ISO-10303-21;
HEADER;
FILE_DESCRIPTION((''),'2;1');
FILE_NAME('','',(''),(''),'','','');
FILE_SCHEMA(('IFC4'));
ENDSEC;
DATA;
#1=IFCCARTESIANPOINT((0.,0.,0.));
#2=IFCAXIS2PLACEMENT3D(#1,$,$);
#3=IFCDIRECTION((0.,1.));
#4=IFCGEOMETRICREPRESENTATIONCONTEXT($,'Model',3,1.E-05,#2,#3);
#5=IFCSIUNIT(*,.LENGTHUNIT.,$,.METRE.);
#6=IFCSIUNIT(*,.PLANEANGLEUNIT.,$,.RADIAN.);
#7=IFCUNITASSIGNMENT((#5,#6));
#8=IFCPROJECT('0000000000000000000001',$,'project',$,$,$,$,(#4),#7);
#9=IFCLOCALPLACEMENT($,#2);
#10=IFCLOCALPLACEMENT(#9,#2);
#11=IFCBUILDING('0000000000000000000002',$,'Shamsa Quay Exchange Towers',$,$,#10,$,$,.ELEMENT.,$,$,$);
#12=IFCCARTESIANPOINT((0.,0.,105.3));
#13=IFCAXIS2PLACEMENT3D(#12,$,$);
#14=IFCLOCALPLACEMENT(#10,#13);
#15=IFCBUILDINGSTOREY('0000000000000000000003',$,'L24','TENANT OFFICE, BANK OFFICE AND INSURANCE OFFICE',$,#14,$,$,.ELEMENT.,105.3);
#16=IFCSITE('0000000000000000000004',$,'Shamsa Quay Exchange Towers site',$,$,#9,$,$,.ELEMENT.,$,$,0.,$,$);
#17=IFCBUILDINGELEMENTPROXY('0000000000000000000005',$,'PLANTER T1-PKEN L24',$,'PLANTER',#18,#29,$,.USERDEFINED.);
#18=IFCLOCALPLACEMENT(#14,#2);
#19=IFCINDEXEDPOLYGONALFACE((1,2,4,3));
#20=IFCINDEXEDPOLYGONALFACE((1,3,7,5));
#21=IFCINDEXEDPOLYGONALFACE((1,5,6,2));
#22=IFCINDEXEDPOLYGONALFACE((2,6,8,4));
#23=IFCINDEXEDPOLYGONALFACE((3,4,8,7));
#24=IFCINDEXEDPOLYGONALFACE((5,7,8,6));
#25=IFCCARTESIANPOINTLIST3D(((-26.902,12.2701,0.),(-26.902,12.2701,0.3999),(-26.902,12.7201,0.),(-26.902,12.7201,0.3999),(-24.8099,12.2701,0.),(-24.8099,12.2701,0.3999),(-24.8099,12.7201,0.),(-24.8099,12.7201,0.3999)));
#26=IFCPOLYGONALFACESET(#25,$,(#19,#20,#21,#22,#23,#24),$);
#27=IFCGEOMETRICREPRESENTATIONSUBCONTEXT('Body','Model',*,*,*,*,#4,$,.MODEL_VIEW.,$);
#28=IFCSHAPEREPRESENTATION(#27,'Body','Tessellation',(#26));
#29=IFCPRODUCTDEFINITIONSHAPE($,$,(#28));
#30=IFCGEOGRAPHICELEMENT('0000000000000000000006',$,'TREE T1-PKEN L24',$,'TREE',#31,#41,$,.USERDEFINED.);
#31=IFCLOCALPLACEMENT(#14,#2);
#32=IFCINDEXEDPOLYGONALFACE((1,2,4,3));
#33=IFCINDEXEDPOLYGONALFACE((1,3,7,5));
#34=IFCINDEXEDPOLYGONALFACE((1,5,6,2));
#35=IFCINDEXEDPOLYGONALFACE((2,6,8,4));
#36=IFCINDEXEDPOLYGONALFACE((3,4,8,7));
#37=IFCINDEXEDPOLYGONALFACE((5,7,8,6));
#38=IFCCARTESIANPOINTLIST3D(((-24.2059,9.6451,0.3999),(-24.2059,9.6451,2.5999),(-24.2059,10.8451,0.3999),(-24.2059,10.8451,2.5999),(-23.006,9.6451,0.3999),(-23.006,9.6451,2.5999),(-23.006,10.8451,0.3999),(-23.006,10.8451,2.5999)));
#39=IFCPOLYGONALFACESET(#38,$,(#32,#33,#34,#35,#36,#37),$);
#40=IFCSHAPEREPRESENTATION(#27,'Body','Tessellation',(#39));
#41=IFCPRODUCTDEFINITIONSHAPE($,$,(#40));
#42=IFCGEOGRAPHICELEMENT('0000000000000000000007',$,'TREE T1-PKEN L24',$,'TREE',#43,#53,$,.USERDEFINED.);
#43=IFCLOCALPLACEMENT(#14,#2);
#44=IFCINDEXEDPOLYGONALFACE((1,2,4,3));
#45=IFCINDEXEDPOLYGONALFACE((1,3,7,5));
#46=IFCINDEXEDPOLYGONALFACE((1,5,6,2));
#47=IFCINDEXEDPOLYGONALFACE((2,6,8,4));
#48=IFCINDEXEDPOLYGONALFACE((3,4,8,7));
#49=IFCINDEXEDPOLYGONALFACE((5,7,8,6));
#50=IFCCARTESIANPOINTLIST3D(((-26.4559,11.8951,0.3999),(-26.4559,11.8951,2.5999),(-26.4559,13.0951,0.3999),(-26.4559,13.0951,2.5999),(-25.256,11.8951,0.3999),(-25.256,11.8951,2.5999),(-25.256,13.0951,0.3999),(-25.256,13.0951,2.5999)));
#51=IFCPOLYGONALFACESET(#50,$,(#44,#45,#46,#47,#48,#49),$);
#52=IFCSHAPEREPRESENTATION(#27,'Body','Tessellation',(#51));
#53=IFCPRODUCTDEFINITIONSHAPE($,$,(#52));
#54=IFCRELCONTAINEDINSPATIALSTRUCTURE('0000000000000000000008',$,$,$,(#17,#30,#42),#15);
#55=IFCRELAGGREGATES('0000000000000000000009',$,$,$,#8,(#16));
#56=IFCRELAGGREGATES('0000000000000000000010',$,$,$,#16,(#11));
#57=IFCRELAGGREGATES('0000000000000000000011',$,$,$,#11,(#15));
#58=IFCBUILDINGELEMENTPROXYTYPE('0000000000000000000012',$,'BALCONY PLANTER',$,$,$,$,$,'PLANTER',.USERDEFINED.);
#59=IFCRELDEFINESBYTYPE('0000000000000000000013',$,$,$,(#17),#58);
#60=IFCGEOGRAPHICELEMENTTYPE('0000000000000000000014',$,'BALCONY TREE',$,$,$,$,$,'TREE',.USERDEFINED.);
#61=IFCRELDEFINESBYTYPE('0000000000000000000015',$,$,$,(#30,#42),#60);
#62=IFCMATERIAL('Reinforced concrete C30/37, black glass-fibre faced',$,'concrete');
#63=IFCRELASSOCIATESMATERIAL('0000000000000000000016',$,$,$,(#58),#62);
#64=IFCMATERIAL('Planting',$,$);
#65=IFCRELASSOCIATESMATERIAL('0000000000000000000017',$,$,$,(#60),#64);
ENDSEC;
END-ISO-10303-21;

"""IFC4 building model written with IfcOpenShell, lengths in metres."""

from ifc_helpers import new_model, si_unit, direction, frame, origin, origin_2d, place, context, subcontext, project, spatial, rectangle, extrude, material, type_object, element, save


model = new_model("IFC4")

# Units and contexts
model_context = context("Model", 3, precision=1e-05, world=origin(), true_north=direction((0.0, 1.0)))
body_context = subcontext(model_context, "Body", "Model", "MODEL_VIEW")
ifc_project = project(units=[si_unit("LENGTHUNIT", "METRE"), si_unit("PLANEANGLEUNIT", "RADIAN")], contexts=[model_context])

# Site, building, storey
site_placement = place(None, origin())
site = spatial("IfcSite", under=ifc_project, at=site_placement, Name="Shamsa Quay Exchange Towers site", CompositionType="ELEMENT", RefElevation=0.0)
building_placement = place(site_placement, origin())
building = spatial("IfcBuilding", under=site, at=building_placement, Name="Shamsa Quay Exchange Towers", CompositionType="ELEMENT")
storey_placement = place(building_placement, frame((0.0, 0.0, 105.3)))
storey = spatial("IfcBuildingStorey", under=building, at=storey_placement, Name="L24", Description="TENANT OFFICE, BANK OFFICE AND INSURANCE OFFICE", CompositionType="ELEMENT", Elevation=105.3)

# Building element proxy
ifc_material_1 = material(Name="Reinforced concrete C30/37, black glass-fibre faced", Category="concrete")
building_element_proxy_type = type_object("IfcBuildingElementProxyType", Name="BALCONY PLANTER", ElementType="PLANTER", PredefinedType="USERDEFINED", material=ifc_material_1)
for number, where, z_axis, x_axis, name in (
    (1, (-25.856, 12.4951, 0.0), (0.0, 0.0, 1.0), (-1.0, 0.0, 0.0), "PLANTER T1-PKEN L24"),
):
    element("IfcBuildingElementProxy", number, at=place(storey_placement, frame(where, z_axis=z_axis, x_axis=x_axis)), inside=storey, type_object=building_element_proxy_type, Name=name, ObjectType="PLANTER", PredefinedType="USERDEFINED", context=body_context, shape_type="SweptSolid", body=[
        extrude(rectangle(XDim=2.092, YDim=0.45, at=origin_2d()), origin(), (0.0, 0.0, 1.0), 0.3999),
    ])

# Geographic elements
ifc_material_2 = material(Name="Planting")
geographic_element_type = type_object("IfcGeographicElementType", Name="BALCONY TREE", ElementType="TREE", PredefinedType="USERDEFINED", material=ifc_material_2)
for number, where, z_axis, x_axis, name in (
    (2, (-23.606, 10.2451, 0.3999), (0.0, 0.0, 1.0), (-1.0, 0.0, 0.0), "TREE T1-PKEN L24"),
    (3, (-25.856, 12.4951, 0.3999), (0.0, 0.0, 1.0), (-1.0, 0.0, 0.0), "TREE T1-PKEN L24"),
):
    element("IfcGeographicElement", number, at=place(storey_placement, frame(where, z_axis=z_axis, x_axis=x_axis)), inside=storey, type_object=geographic_element_type, Name=name, ObjectType="TREE", PredefinedType="USERDEFINED", context=body_context, shape_type="SweptSolid", body=[
        extrude(rectangle(XDim=1.2, YDim=1.2, at=origin_2d()), origin(), (0.0, 0.0, 1.0), 2.2),
    ])

save(model, "model.ifc")
